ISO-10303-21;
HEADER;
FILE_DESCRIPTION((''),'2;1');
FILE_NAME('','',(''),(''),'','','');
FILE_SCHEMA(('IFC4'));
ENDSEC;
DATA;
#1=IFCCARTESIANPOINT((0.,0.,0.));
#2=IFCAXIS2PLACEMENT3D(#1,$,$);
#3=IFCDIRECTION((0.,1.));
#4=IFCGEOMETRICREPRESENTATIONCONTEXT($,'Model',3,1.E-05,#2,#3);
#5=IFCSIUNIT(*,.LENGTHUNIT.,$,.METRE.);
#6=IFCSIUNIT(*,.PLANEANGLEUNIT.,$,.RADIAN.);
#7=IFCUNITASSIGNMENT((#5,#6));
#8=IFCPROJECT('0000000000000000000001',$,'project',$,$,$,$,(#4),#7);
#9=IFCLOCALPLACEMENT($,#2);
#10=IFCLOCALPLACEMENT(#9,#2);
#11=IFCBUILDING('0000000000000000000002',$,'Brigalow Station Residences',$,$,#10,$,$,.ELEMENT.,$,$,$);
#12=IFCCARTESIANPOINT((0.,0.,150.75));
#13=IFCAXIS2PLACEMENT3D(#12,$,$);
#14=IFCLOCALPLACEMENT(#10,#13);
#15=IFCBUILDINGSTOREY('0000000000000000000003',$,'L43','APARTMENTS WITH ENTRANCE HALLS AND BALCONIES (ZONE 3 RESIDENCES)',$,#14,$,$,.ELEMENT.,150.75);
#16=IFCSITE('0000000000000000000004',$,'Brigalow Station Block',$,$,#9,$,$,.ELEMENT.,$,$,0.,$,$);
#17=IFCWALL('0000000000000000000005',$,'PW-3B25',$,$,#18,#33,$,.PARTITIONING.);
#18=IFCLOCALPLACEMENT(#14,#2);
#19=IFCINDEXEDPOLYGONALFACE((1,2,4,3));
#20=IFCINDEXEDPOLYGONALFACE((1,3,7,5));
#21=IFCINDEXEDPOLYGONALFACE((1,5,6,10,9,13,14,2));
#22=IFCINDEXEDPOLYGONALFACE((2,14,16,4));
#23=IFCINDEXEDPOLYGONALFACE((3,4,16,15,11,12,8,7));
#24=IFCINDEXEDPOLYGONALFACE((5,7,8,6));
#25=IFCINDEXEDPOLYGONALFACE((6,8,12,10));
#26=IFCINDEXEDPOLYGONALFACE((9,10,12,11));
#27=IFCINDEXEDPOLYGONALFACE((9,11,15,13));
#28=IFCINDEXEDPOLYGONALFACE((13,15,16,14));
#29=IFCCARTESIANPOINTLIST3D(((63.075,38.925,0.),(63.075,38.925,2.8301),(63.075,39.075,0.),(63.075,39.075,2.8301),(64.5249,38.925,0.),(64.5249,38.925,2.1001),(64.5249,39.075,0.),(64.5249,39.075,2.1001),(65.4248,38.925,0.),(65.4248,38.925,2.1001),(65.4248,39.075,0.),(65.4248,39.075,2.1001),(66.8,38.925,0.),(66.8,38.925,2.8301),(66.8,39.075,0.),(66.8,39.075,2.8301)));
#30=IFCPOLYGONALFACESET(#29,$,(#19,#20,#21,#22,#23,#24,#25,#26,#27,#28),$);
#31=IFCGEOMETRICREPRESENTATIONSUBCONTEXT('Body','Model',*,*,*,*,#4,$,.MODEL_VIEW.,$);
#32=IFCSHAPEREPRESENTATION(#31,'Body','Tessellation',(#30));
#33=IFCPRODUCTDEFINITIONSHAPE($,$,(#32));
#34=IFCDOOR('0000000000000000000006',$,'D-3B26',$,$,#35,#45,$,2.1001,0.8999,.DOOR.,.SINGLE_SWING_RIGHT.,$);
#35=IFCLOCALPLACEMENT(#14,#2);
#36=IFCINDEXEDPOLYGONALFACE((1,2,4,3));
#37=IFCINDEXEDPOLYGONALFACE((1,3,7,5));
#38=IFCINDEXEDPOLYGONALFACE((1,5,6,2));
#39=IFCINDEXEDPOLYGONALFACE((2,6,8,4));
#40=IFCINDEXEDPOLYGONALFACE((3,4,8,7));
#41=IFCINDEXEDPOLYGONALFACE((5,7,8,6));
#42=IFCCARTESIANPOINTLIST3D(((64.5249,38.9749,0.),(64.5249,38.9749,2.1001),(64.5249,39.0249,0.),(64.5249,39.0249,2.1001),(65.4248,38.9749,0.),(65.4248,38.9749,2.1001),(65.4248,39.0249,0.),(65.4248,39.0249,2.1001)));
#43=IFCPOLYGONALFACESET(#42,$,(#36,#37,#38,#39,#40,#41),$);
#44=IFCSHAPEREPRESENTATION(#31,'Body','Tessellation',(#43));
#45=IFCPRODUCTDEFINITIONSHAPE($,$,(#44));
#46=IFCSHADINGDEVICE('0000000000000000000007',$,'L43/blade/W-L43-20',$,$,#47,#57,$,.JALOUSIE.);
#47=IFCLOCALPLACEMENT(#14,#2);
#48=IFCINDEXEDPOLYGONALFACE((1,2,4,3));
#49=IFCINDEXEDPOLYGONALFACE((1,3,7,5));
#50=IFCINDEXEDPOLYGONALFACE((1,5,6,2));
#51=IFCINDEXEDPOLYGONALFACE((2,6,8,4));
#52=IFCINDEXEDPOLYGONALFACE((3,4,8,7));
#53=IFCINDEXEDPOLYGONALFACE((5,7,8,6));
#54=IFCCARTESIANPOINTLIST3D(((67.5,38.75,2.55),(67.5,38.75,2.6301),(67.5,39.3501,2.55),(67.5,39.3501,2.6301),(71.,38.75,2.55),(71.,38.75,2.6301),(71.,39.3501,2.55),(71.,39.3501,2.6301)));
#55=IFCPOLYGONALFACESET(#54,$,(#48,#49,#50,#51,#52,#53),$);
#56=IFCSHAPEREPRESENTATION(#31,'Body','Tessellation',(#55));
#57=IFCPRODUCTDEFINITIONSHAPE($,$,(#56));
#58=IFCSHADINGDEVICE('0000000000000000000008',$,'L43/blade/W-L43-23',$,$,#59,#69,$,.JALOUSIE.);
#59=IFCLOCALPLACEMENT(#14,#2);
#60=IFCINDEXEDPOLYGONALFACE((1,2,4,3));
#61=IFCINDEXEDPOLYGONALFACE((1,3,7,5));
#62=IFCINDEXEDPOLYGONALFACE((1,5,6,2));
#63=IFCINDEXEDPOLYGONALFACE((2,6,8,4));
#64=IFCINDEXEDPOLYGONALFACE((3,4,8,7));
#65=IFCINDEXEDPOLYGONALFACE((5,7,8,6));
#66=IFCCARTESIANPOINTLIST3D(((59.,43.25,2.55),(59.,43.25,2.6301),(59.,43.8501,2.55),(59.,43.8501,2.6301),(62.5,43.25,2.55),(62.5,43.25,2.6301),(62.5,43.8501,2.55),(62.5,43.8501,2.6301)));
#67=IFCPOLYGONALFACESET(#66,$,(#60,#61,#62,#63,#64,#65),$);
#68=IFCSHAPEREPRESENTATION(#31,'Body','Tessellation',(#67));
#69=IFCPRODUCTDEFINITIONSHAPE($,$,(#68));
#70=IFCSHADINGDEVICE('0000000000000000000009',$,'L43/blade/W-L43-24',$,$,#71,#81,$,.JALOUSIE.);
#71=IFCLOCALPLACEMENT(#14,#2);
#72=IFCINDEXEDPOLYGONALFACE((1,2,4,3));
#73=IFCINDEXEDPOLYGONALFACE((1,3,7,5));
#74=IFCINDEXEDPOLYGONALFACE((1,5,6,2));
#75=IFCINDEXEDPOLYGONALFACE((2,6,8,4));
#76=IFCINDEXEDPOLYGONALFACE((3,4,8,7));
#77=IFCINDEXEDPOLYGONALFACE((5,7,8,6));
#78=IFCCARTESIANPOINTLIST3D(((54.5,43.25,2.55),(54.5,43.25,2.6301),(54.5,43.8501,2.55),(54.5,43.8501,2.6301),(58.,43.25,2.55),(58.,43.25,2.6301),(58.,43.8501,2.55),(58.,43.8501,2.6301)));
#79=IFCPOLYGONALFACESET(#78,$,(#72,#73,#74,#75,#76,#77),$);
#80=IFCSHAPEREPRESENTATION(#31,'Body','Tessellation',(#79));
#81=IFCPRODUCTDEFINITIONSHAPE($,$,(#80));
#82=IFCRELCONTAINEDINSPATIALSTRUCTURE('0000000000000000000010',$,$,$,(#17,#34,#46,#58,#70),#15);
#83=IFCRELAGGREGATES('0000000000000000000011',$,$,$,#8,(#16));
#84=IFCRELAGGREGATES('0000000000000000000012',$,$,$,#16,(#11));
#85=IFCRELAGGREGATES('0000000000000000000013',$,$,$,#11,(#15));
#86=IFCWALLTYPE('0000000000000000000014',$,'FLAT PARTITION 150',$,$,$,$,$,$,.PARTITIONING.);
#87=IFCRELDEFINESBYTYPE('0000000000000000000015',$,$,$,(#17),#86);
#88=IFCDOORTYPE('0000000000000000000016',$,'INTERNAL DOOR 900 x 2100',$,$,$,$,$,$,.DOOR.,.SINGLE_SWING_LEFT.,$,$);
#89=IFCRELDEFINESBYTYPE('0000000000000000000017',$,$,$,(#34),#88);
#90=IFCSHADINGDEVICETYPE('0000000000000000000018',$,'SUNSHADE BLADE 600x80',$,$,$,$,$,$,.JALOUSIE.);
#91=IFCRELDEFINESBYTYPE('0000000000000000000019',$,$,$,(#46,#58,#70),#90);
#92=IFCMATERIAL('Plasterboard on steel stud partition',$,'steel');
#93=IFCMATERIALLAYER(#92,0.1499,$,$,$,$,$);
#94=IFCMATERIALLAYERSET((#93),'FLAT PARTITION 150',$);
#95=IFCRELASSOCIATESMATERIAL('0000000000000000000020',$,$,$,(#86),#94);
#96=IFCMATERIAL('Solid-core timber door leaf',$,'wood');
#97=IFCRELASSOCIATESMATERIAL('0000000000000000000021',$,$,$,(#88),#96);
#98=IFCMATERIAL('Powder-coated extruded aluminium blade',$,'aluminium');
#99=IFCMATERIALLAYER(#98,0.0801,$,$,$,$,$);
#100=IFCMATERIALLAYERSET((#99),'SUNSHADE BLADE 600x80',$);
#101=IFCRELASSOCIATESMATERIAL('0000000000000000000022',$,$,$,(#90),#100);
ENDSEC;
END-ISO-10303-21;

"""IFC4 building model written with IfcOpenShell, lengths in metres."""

from ifc_helpers import new_model, si_unit, direction, frame, frame_2d, origin, origin_2d, place, context, subcontext, project, spatial, rectangle, extrude, material, layer, layer_set, type_object, element, fill, save


model = new_model("IFC4")

# Units and contexts
model_context = context("Model", 3, precision=1e-05, world=origin(), true_north=direction((0.0, 1.0)))
body_context = subcontext(model_context, "Body", "Model", "MODEL_VIEW")
ifc_project = project(units=[si_unit("LENGTHUNIT", "METRE"), si_unit("PLANEANGLEUNIT", "RADIAN")], contexts=[model_context])

# Site, building, storey
site_placement = place(None, origin())
site = spatial("IfcSite", under=ifc_project, at=site_placement, Name="Brigalow Station Block", CompositionType="ELEMENT", RefElevation=0.0)
building_placement = place(site_placement, origin())
building = spatial("IfcBuilding", under=site, at=building_placement, Name="Brigalow Station Residences", CompositionType="ELEMENT")
storey_placement = place(building_placement, frame((0.0, 0.0, 150.75)))
storey = spatial("IfcBuildingStorey", under=building, at=storey_placement, Name="L43", Description="APARTMENTS WITH ENTRANCE HALLS AND BALCONIES (ZONE 3 RESIDENCES)", CompositionType="ELEMENT", Elevation=150.75)

# Shared definitions
ifc_material_1 = material(Name="Plasterboard on steel stud partition", Category="steel")
ifc_layer_1 = layer(ifc_material_1, 0.1499)
ifc_layer_set_1 = layer_set([ifc_layer_1], Name="FLAT PARTITION 150")
wall_type_1 = type_object("IfcWallType", Name="FLAT PARTITION 150", PredefinedType="PARTITIONING", material=ifc_layer_set_1)

# Wall, opening, door
wall_1_placement = place(storey_placement, frame((63.075, 39.0, 0.0), z_axis=(0.0, 0.0, 1.0), x_axis=(1.0, 0.0, 0.0)))
wall_1 = element("IfcWall", 1, at=wall_1_placement, inside=storey, type_object=wall_type_1, Name="PW-3B25", PredefinedType="PARTITIONING", context=body_context, shape_type="SweptSolid", body=[
    extrude(rectangle(XDim=3.7251, YDim=0.1499, at=frame_2d((1.8625, 0.0))), origin(), (0.0, 0.0, 1.0), 2.8301),
])
opening_1_placement = place(wall_1_placement, frame((1.45, 0.0, 0.0)))
opening_1 = element("IfcOpeningElement", 2, at=opening_1_placement, cuts=wall_1, PredefinedType="OPENING", context=body_context, shape_type="SweptSolid", body=[
    extrude(rectangle(XDim=0.8999, YDim=2.1001, at=frame_2d((0.45, 1.05))), frame((0.0, 0.085, 0.0), z_axis=(0.0, -1.0, 0.0), x_axis=(1.0, 0.0, 0.0)), (0.0, 0.0, 1.0), 0.1699),
])
ifc_material_2 = material(Name="Solid-core timber door leaf", Category="wood")
door_type_1 = type_object("IfcDoorType", Name="INTERNAL DOOR 900 x 2100", OperationType="SINGLE_SWING_LEFT", PredefinedType="DOOR", material=ifc_material_2)
door_1_placement = place(opening_1_placement, origin())
door_1 = element("IfcDoor", 3, at=door_1_placement, inside=storey, type_object=door_type_1, Name="D-3B26", OperationType="SINGLE_SWING_RIGHT", OverallHeight=2.1001, OverallWidth=0.8999, PredefinedType="DOOR", context=body_context, shape_type="SweptSolid", body=[
    extrude(rectangle(XDim=0.8999, YDim=2.1001, at=frame_2d((0.45, 1.05))), frame((0.0, 0.0249, 0.0), z_axis=(0.0, -1.0, 0.0), x_axis=(1.0, 0.0, 0.0)), (0.0, 0.0, 1.0), 0.05),
])
fill(opening_1, door_1)

# Shading devices
ifc_material_3 = material(Name="Powder-coated extruded aluminium blade", Category="aluminium")
ifc_layer_2 = layer(ifc_material_3, 0.0801)
ifc_layer_set_2 = layer_set([ifc_layer_2], Name="SUNSHADE BLADE 600x80")
shading_device_type = type_object("IfcShadingDeviceType", Name="SUNSHADE BLADE 600x80", PredefinedType="JALOUSIE", material=ifc_layer_set_2)
for number, where, z_axis, x_axis, name in (
    (4, (69.25, 39.05, 2.55), (0.0, 0.0, 1.0), (-1.0, 0.0, 0.0), "L43/blade/W-L43-20"),
    (5, (60.75, 43.55, 2.55), (0.0, 0.0, 1.0), (-1.0, 0.0, 0.0), "L43/blade/W-L43-23"),
    (6, (56.25, 43.55, 2.55), (0.0, 0.0, 1.0), (-1.0, 0.0, 0.0), "L43/blade/W-L43-24"),
):
    element("IfcShadingDevice", number, at=place(storey_placement, frame(where, z_axis=z_axis, x_axis=x_axis)), inside=storey, type_object=shading_device_type, Name=name, PredefinedType="JALOUSIE", context=body_context, shape_type="SweptSolid", body=[
        extrude(rectangle(XDim=3.5, YDim=0.6001, at=origin_2d()), origin(), (0.0, 0.0, 1.0), 0.0801),
    ])

save(model, "model.ifc")
